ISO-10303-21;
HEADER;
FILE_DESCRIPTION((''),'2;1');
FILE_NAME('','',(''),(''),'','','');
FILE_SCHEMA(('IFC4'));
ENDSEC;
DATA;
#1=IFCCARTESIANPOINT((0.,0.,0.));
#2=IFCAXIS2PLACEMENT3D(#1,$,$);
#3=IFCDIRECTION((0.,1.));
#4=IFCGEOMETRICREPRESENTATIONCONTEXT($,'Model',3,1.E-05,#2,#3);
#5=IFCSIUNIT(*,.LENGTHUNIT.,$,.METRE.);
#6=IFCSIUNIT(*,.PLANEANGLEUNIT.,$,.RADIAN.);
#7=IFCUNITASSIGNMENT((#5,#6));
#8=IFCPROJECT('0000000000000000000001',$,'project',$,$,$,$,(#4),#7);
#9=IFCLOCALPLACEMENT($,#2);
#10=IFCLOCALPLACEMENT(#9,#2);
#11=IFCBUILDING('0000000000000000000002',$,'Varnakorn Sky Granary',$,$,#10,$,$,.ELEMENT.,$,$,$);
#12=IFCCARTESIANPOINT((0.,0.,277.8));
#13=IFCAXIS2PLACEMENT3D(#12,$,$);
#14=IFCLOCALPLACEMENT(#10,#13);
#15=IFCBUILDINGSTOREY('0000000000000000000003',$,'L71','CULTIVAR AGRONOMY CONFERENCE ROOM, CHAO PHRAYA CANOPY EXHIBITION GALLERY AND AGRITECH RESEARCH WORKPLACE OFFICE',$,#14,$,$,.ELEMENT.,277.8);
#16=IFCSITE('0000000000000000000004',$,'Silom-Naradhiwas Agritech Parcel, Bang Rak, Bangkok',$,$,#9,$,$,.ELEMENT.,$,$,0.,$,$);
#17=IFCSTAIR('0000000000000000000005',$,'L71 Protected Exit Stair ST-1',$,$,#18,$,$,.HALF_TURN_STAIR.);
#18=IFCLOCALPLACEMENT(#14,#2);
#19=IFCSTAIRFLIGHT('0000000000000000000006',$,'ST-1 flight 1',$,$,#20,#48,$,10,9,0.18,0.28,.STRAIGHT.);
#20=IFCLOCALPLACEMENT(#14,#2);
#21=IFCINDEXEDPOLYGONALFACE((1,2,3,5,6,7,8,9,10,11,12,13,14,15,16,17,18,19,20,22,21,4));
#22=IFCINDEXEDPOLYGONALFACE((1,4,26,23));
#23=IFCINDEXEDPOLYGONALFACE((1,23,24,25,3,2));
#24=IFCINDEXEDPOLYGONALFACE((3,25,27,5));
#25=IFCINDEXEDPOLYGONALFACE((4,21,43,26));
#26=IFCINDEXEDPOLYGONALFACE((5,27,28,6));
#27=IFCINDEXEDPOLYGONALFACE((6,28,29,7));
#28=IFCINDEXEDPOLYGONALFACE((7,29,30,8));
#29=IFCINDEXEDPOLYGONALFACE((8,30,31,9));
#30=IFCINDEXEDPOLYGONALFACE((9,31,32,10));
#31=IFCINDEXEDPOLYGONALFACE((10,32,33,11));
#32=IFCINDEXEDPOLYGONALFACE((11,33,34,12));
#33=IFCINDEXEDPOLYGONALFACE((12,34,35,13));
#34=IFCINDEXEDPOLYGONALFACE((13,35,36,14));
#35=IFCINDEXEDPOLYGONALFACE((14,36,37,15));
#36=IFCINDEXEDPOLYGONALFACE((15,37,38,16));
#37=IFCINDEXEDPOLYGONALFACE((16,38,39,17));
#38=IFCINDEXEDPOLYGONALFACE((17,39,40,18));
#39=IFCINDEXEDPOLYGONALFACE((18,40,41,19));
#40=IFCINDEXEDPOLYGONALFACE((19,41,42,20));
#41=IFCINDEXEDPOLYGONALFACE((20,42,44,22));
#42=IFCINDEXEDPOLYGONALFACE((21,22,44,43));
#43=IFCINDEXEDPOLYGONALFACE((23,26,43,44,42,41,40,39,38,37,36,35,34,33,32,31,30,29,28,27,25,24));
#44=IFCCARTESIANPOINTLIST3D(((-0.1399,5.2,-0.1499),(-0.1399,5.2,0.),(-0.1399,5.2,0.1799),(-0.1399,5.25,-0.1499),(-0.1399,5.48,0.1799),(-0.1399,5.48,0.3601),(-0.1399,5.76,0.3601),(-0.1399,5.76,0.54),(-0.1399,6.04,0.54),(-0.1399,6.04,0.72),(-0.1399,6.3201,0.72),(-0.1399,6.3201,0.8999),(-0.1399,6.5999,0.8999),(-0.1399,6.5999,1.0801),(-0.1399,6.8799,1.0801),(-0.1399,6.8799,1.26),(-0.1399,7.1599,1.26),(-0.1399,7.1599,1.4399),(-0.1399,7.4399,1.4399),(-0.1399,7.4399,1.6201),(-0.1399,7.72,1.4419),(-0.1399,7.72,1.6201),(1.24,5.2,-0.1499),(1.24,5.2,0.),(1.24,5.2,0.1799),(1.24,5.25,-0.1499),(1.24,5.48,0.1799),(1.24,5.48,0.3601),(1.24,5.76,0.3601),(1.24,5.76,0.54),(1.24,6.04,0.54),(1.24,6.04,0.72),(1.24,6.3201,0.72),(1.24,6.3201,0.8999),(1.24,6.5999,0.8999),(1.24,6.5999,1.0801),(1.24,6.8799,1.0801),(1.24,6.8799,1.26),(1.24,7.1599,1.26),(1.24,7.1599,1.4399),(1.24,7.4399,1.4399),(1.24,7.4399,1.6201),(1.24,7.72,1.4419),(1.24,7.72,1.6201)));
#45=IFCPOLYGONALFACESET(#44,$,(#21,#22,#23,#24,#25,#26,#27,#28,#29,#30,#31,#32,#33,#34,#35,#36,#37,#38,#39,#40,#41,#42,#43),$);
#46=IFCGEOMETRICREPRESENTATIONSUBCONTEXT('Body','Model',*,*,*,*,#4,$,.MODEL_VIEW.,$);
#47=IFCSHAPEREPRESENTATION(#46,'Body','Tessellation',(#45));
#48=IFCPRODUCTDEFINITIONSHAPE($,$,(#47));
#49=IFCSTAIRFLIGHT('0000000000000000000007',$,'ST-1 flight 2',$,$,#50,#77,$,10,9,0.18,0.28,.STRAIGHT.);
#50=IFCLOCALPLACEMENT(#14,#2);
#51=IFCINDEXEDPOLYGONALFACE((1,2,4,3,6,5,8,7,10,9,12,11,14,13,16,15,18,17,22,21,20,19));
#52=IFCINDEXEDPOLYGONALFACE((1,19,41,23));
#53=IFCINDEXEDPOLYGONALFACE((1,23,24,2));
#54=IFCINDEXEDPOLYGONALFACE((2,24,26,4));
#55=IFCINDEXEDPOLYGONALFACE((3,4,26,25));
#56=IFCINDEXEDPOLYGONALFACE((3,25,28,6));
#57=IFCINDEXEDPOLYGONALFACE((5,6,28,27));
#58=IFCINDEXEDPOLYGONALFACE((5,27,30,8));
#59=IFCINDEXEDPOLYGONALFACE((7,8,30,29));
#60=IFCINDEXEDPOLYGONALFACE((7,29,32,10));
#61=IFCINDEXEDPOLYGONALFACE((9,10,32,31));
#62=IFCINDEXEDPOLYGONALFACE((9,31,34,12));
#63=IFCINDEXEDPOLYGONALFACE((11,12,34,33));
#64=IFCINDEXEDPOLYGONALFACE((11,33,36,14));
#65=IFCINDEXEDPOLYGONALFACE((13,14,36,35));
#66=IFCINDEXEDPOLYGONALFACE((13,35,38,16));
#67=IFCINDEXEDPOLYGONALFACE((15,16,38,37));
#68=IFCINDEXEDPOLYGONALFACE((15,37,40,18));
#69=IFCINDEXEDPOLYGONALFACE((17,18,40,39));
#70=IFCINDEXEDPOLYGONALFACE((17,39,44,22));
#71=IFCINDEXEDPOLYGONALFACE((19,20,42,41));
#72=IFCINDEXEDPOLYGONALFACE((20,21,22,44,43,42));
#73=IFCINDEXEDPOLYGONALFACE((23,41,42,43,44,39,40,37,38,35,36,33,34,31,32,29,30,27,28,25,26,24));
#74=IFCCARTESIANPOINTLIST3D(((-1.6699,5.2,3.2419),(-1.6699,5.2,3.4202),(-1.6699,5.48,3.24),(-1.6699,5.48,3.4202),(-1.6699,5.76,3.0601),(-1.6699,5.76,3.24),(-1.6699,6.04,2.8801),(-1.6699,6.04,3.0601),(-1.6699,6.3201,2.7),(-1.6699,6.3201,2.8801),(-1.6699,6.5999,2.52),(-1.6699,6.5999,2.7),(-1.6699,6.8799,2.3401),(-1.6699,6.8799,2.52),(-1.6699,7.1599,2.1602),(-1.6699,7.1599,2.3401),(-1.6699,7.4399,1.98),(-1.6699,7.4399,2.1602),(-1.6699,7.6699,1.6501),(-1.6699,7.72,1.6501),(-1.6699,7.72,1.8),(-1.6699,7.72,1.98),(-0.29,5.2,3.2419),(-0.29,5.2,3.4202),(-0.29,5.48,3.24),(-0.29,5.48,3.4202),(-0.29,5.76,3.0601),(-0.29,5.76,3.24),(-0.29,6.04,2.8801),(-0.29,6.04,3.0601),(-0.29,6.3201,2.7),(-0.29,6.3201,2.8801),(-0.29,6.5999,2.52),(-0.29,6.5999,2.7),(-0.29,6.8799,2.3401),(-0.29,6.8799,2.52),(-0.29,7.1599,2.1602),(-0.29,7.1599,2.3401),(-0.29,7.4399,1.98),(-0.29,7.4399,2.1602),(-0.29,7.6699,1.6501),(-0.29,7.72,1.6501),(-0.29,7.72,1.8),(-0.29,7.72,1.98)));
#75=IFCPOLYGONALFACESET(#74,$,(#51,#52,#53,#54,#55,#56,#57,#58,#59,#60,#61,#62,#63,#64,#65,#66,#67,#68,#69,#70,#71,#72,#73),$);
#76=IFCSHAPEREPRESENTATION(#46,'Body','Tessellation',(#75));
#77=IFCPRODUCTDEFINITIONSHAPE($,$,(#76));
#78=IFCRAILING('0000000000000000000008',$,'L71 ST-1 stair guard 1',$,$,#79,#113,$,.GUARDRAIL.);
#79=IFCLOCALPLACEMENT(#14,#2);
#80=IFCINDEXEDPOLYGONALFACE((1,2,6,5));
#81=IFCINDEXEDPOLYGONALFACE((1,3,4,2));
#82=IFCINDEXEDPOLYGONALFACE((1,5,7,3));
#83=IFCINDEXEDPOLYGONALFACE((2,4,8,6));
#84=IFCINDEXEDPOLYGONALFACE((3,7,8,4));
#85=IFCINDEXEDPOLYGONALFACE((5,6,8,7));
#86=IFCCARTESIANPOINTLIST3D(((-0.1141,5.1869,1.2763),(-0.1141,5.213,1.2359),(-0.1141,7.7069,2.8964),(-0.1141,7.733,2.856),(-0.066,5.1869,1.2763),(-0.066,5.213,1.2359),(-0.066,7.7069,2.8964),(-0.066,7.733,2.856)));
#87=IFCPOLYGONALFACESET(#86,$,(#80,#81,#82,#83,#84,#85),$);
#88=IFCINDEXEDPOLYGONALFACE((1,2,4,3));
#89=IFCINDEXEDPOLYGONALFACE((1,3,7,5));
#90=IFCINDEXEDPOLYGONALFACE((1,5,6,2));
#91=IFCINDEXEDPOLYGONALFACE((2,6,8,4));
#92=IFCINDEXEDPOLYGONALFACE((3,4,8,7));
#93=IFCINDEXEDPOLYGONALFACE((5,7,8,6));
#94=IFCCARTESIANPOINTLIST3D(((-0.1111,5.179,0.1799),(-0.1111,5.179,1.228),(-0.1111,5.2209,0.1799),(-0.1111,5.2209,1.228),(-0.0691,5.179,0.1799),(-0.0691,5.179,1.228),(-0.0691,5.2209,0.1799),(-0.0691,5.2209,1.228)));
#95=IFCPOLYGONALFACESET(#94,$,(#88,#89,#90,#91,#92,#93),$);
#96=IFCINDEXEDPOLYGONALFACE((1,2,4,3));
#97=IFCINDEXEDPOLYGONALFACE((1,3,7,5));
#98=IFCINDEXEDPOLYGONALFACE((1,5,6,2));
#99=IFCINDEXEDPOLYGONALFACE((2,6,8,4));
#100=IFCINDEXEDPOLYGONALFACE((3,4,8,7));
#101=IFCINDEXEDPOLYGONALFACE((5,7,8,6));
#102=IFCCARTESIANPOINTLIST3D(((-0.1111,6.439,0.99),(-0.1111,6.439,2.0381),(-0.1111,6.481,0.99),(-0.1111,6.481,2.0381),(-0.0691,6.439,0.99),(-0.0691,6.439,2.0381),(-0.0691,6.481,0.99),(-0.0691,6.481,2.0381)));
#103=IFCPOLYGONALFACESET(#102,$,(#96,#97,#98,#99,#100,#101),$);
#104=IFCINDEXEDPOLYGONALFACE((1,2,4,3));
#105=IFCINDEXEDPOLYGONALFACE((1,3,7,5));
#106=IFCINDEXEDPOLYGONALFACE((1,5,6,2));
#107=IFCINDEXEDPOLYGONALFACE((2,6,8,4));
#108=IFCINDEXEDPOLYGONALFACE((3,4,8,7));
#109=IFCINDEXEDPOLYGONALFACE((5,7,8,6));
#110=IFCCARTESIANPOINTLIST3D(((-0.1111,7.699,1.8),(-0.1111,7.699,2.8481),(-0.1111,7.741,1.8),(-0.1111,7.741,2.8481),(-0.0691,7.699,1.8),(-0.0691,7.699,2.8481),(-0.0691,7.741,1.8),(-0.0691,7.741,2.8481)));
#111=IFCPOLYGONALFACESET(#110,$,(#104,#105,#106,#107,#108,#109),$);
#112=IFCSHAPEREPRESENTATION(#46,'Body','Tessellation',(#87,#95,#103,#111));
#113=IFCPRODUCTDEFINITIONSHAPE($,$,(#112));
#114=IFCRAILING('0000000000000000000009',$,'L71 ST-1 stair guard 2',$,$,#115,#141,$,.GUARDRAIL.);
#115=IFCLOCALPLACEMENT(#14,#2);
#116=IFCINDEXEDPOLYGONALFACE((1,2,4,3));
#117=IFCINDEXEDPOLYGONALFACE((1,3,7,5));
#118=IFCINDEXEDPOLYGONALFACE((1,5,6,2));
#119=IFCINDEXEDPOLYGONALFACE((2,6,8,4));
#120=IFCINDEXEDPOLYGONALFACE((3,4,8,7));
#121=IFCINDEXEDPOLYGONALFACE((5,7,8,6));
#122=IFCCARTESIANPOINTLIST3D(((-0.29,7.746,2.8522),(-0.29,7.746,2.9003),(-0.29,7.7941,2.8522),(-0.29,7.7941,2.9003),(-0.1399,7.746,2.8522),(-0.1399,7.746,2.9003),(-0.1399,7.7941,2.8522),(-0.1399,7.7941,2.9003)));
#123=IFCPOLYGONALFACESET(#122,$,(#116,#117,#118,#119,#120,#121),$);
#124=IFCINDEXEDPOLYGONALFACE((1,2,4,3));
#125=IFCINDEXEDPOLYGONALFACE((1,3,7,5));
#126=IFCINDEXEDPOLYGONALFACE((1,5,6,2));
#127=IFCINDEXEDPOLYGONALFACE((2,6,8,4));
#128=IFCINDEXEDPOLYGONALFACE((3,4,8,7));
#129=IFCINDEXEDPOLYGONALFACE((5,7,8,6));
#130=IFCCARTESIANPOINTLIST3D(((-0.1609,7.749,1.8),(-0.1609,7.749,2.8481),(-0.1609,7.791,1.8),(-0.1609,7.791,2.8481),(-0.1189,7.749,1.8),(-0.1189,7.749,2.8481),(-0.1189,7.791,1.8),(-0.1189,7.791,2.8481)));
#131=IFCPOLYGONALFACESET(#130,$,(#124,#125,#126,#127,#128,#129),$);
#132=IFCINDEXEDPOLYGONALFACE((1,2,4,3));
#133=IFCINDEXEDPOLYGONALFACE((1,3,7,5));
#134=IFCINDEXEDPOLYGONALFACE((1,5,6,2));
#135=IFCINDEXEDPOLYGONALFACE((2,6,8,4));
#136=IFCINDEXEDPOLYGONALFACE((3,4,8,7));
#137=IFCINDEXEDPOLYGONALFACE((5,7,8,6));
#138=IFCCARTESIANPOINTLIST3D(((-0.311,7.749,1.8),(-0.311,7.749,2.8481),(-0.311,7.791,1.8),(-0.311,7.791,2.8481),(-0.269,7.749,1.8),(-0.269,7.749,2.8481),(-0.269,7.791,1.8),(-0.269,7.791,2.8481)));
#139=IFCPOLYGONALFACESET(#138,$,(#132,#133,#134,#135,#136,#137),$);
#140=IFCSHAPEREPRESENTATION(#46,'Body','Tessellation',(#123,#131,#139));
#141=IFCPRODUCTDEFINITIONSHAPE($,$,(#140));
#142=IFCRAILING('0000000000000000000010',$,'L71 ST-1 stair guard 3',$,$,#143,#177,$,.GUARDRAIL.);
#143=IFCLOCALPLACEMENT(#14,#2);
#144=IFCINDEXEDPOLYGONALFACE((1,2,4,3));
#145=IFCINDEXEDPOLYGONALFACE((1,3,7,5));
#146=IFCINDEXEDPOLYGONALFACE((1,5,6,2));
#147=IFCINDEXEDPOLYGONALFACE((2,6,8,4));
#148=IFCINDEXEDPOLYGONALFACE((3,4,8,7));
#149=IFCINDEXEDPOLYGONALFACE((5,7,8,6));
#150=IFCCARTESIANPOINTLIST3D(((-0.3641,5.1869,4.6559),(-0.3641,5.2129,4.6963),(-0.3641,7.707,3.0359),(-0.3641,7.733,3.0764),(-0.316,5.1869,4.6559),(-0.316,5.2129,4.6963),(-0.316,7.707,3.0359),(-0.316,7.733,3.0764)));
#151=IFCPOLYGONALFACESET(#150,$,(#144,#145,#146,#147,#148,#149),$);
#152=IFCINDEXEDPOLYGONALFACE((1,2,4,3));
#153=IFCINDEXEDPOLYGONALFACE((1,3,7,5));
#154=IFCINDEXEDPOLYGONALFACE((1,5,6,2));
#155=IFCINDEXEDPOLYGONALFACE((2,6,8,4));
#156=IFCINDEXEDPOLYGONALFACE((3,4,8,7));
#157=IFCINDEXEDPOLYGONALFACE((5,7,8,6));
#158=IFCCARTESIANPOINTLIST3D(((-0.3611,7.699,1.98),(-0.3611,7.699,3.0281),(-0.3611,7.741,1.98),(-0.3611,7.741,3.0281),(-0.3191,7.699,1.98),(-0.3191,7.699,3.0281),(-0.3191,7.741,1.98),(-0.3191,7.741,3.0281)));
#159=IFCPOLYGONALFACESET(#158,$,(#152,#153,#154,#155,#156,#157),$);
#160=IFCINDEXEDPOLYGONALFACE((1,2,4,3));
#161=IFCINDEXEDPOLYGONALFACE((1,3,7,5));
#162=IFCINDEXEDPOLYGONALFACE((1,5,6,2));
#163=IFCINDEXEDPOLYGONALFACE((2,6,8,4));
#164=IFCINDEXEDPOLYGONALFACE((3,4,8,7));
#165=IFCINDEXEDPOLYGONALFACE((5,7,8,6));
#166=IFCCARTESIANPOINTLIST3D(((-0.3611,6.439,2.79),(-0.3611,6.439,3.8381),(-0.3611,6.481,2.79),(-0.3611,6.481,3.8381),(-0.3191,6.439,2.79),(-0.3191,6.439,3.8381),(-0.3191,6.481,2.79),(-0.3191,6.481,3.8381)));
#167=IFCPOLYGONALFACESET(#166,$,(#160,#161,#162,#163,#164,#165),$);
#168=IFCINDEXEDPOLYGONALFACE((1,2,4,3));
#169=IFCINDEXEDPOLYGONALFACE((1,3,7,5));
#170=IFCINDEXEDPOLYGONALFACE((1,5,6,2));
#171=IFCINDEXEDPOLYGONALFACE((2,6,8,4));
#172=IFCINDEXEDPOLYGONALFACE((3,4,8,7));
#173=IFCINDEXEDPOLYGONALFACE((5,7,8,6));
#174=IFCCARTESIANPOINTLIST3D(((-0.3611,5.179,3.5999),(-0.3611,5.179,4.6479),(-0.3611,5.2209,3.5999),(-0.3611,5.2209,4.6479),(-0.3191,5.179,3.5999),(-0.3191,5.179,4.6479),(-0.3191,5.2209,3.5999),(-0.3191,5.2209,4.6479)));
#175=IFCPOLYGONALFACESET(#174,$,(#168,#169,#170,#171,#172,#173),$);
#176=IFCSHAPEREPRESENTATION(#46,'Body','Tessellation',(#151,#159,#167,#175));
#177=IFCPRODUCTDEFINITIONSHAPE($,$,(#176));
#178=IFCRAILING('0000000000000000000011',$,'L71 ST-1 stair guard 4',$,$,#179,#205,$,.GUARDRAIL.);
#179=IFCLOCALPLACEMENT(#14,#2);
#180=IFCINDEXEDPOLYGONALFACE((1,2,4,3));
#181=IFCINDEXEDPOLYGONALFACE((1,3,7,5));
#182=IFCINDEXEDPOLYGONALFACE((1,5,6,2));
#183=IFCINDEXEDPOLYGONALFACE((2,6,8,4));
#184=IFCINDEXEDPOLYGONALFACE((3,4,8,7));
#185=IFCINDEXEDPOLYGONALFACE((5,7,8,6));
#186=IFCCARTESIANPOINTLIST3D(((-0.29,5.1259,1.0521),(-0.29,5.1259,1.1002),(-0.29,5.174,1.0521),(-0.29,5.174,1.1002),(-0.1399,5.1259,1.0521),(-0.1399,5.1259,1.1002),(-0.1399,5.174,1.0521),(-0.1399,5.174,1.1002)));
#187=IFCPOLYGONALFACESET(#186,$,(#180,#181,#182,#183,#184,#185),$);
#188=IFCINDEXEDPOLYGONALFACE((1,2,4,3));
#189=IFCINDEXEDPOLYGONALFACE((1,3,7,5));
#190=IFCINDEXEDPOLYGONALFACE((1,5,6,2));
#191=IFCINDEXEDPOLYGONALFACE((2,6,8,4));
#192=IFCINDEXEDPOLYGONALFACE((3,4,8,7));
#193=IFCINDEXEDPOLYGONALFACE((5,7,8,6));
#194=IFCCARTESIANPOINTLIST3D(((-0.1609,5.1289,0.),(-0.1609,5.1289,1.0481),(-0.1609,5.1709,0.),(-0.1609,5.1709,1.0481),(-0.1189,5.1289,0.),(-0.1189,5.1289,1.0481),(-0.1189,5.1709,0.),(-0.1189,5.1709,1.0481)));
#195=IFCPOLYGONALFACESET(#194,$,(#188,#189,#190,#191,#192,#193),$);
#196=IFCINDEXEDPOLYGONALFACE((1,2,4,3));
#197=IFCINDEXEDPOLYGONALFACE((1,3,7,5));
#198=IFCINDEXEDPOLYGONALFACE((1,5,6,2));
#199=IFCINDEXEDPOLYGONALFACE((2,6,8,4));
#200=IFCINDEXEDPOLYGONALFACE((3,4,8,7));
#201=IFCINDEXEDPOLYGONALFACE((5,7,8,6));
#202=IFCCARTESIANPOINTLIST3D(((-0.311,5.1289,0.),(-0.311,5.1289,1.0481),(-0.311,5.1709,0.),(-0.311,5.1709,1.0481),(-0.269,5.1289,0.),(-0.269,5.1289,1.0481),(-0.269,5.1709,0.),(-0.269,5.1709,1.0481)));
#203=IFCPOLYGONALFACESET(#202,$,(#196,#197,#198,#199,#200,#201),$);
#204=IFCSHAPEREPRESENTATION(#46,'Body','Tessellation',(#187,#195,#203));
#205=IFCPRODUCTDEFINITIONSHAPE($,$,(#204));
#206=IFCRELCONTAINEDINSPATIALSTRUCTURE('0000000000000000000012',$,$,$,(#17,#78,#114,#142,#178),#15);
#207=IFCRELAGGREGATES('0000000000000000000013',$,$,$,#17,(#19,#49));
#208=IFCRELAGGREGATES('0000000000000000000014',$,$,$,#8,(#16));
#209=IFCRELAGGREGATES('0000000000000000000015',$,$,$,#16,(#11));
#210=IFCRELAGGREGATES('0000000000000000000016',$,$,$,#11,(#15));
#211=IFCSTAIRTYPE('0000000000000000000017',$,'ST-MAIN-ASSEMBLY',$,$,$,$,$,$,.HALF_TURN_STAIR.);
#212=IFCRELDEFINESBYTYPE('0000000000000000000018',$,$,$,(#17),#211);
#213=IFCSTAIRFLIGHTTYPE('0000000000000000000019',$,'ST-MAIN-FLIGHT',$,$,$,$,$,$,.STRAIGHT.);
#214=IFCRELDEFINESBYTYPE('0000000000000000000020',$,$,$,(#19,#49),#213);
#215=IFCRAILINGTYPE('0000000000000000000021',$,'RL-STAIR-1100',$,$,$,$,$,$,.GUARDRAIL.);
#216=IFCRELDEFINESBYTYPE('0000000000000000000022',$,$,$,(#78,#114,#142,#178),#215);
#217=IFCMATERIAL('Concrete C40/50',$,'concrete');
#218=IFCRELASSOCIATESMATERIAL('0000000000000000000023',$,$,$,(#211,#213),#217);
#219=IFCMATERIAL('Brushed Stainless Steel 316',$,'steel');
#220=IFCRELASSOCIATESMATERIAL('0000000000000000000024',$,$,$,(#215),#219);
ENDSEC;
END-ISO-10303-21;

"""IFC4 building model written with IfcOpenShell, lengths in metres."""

from ifc_helpers import new_model, si_unit, direction, frame, origin, origin_2d, place, context, subcontext, project, spatial, polyline, rectangle, outline, extrude, material, type_object, element, aggregate, save


model = new_model("IFC4")

# Units and contexts
model_context = context("Model", 3, precision=1e-05, world=origin(), true_north=direction((0.0, 1.0)))
body_context = subcontext(model_context, "Body", "Model", "MODEL_VIEW")
ifc_project = project(units=[si_unit("LENGTHUNIT", "METRE"), si_unit("PLANEANGLEUNIT", "RADIAN")], contexts=[model_context])

# Site, building, storey
site_placement = place(None, origin())
site = spatial("IfcSite", under=ifc_project, at=site_placement, Name="Silom-Naradhiwas Agritech Parcel, Bang Rak, Bangkok", CompositionType="ELEMENT", RefElevation=0.0)
building_placement = place(site_placement, origin())
building = spatial("IfcBuilding", under=site, at=building_placement, Name="Varnakorn Sky Granary", CompositionType="ELEMENT")
storey_placement = place(building_placement, frame((0.0, 0.0, 277.8)))
storey = spatial("IfcBuildingStorey", under=building, at=storey_placement, Name="L71", Description="CULTIVAR AGRONOMY CONFERENCE ROOM, CHAO PHRAYA CANOPY EXHIBITION GALLERY AND AGRITECH RESEARCH WORKPLACE OFFICE", CompositionType="ELEMENT", Elevation=277.8)

# Stair, stair flights
ifc_material_1 = material(Name="Concrete C40/50", Category="concrete")
stair_type = type_object("IfcStairType", Name="ST-MAIN-ASSEMBLY", PredefinedType="HALF_TURN_STAIR", material=ifc_material_1)
stair_placement = place(storey_placement, origin())
stair = element("IfcStair", 1, at=stair_placement, inside=storey, type_object=stair_type, Name="L71 Protected Exit Stair ST-1", PredefinedType="HALF_TURN_STAIR")
stair_flight_type = type_object("IfcStairFlightType", Name="ST-MAIN-FLIGHT", PredefinedType="STRAIGHT", material=ifc_material_1)
stair_flight_1_placement = place(storey_placement, frame((0.55, 5.2, 0.0), z_axis=(0.0, 0.0, 1.0), x_axis=(0.0, 1.0, 0.0)))
stair_flight_1 = element("IfcStairFlight", 2, at=stair_flight_1_placement, type_object=stair_flight_type, Name="ST-1 flight 1", NumberOfRisers=10, NumberOfTreads=9, PredefinedType="STRAIGHT", RiserHeight=0.18, TreadLength=0.28, context=body_context, shape_type="SweptSolid", body=[
    extrude(outline(polyline([(0.0, -0.1499), (0.0, 0.0), (0.0, 0.1799), (0.28, 0.1799), (0.28, 0.3601), (0.5601, 0.3601), (0.5601, 0.54), (0.8401, 0.54), (0.8401, 0.72), (1.1201, 0.72), (1.1201, 0.8999), (1.3999, 0.8999), (1.3999, 1.0801), (1.6799, 1.0801), (1.6799, 1.26), (1.96, 1.26), (1.96, 1.4399), (2.24, 1.4399), (2.24, 1.6201), (2.52, 1.6201), (2.52, 1.8), (2.52, 1.4419), (0.05, -0.1499), (0.0, -0.1499)])), frame((0.0, 0.6899, 0.0), z_axis=(0.0, -1.0, 0.0), x_axis=(1.0, 0.0, 0.0)), (0.0, 0.0, 1.0), 1.3799),
])
stair_flight_2_placement = place(storey_placement, frame((-0.98, 7.72, 1.8), z_axis=(0.0, 0.0, 1.0), x_axis=(0.0, -1.0, 0.0)))
stair_flight_2 = element("IfcStairFlight", 3, at=stair_flight_2_placement, type_object=stair_flight_type, Name="ST-1 flight 2", NumberOfRisers=10, NumberOfTreads=9, PredefinedType="STRAIGHT", RiserHeight=0.18, TreadLength=0.28, context=body_context, shape_type="SweptSolid", body=[
    extrude(outline(polyline([(0.0, -0.1499), (0.0, 0.0), (0.0, 0.1799), (0.28, 0.1799), (0.28, 0.3601), (0.5601, 0.3601), (0.5601, 0.54), (0.8401, 0.54), (0.8401, 0.72), (1.1201, 0.72), (1.1201, 0.8999), (1.3999, 0.8999), (1.3999, 1.0801), (1.6799, 1.0801), (1.6799, 1.26), (1.96, 1.26), (1.96, 1.4399), (2.24, 1.4399), (2.24, 1.6201), (2.52, 1.6201), (2.52, 1.8), (2.52, 1.4419), (0.05, -0.1499), (0.0, -0.1499)])), frame((0.0, 0.6899, 0.0), z_axis=(0.0, -1.0, 0.0), x_axis=(1.0, 0.0, 0.0)), (0.0, 0.0, 1.0), 1.3799),
])
aggregate(stair, [stair_flight_1, stair_flight_2])

# Railings
ifc_material_2 = material(Name="Brushed Stainless Steel 316", Category="steel")
railing_type_1 = type_object("IfcRailingType", Name="RL-STAIR-1100", PredefinedType="GUARDRAIL", material=ifc_material_2)
railing_1_placement = place(storey_placement, frame((-0.0901, 5.2, 0.1799)))
element("IfcRailing", 4, at=railing_1_placement, inside=storey, type_object=railing_type_1, Name="L71 ST-1 stair guard 1", PredefinedType="GUARDRAIL", context=body_context, shape_type="SweptSolid", body=[
    extrude(rectangle(XDim=0.0481, YDim=0.0481, at=origin_2d()), frame((0.0, 0.0, 1.0762), z_axis=(0.0, 0.841163, 0.540782), x_axis=(-1.0, 0.0, 0.0)), (0.0, 0.0, 1.0), 2.9958),
    extrude(rectangle(XDim=0.042, YDim=0.042, at=origin_2d()), origin(), (0.0, 0.0, 1.0), 1.0481),
    extrude(rectangle(XDim=0.042, YDim=0.042, at=origin_2d()), frame((0.0, 1.26, 0.8101)), (0.0, 0.0, 1.0), 1.0481),
    extrude(rectangle(XDim=0.042, YDim=0.042, at=origin_2d()), frame((0.0, 2.52, 1.6201)), (0.0, 0.0, 1.0), 1.0481),
])
railing_2_placement = place(storey_placement, frame((-0.1399, 7.77, 1.8)))
element("IfcRailing", 5, at=railing_2_placement, inside=storey, type_object=railing_type_1, Name="L71 ST-1 stair guard 2", PredefinedType="GUARDRAIL", context=body_context, shape_type="SweptSolid", body=[
    extrude(rectangle(XDim=0.0481, YDim=0.0481, at=origin_2d()), frame((0.0, 0.0, 1.0762), z_axis=(-1.0, 0.0, 0.0), x_axis=(0.0, -1.0, 0.0)), (0.0, 0.0, 1.0), 0.1501),
    extrude(rectangle(XDim=0.042, YDim=0.042, at=origin_2d()), origin(), (0.0, 0.0, 1.0), 1.0481),
    extrude(rectangle(XDim=0.042, YDim=0.042, at=origin_2d()), frame((-0.1501, 0.0, 0.0)), (0.0, 0.0, 1.0), 1.0481),
])
railing_3_placement = place(storey_placement, frame((-0.3401, 7.72, 1.98)))
element("IfcRailing", 6, at=railing_3_placement, inside=storey, type_object=railing_type_1, Name="L71 ST-1 stair guard 3", PredefinedType="GUARDRAIL", context=body_context, shape_type="SweptSolid", body=[
    extrude(rectangle(XDim=0.0481, YDim=0.0481, at=origin_2d()), frame((0.0, 0.0, 1.0762), z_axis=(0.0, -0.8412, 0.540725), x_axis=(1.0, 0.0, 0.0)), (0.0, 0.0, 1.0), 2.9958),
    extrude(rectangle(XDim=0.042, YDim=0.042, at=origin_2d()), origin(), (0.0, 0.0, 1.0), 1.0481),
    extrude(rectangle(XDim=0.042, YDim=0.042, at=origin_2d()), frame((0.0, -1.26, 0.8101)), (0.0, 0.0, 1.0), 1.0481),
    extrude(rectangle(XDim=0.042, YDim=0.042, at=origin_2d()), frame((0.0, -2.52, 1.6199)), (0.0, 0.0, 1.0), 1.0481),
])
railing_4_placement = place(storey_placement, frame((-0.1399, 5.1499, 0.0)))
element("IfcRailing", 7, at=railing_4_placement, inside=storey, type_object=railing_type_1, Name="L71 ST-1 stair guard 4", PredefinedType="GUARDRAIL", context=body_context, shape_type="SweptSolid", body=[
    extrude(rectangle(XDim=0.0481, YDim=0.0481, at=origin_2d()), frame((0.0, 0.0, 1.0762), z_axis=(-1.0, 0.0, 0.0), x_axis=(0.0, -1.0, 0.0)), (0.0, 0.0, 1.0), 0.1501),
    extrude(rectangle(XDim=0.042, YDim=0.042, at=origin_2d()), origin(), (0.0, 0.0, 1.0), 1.0481),
    extrude(rectangle(XDim=0.042, YDim=0.042, at=origin_2d()), frame((-0.1501, 0.0, 0.0)), (0.0, 0.0, 1.0), 1.0481),
])

save(model, "model.ifc")
